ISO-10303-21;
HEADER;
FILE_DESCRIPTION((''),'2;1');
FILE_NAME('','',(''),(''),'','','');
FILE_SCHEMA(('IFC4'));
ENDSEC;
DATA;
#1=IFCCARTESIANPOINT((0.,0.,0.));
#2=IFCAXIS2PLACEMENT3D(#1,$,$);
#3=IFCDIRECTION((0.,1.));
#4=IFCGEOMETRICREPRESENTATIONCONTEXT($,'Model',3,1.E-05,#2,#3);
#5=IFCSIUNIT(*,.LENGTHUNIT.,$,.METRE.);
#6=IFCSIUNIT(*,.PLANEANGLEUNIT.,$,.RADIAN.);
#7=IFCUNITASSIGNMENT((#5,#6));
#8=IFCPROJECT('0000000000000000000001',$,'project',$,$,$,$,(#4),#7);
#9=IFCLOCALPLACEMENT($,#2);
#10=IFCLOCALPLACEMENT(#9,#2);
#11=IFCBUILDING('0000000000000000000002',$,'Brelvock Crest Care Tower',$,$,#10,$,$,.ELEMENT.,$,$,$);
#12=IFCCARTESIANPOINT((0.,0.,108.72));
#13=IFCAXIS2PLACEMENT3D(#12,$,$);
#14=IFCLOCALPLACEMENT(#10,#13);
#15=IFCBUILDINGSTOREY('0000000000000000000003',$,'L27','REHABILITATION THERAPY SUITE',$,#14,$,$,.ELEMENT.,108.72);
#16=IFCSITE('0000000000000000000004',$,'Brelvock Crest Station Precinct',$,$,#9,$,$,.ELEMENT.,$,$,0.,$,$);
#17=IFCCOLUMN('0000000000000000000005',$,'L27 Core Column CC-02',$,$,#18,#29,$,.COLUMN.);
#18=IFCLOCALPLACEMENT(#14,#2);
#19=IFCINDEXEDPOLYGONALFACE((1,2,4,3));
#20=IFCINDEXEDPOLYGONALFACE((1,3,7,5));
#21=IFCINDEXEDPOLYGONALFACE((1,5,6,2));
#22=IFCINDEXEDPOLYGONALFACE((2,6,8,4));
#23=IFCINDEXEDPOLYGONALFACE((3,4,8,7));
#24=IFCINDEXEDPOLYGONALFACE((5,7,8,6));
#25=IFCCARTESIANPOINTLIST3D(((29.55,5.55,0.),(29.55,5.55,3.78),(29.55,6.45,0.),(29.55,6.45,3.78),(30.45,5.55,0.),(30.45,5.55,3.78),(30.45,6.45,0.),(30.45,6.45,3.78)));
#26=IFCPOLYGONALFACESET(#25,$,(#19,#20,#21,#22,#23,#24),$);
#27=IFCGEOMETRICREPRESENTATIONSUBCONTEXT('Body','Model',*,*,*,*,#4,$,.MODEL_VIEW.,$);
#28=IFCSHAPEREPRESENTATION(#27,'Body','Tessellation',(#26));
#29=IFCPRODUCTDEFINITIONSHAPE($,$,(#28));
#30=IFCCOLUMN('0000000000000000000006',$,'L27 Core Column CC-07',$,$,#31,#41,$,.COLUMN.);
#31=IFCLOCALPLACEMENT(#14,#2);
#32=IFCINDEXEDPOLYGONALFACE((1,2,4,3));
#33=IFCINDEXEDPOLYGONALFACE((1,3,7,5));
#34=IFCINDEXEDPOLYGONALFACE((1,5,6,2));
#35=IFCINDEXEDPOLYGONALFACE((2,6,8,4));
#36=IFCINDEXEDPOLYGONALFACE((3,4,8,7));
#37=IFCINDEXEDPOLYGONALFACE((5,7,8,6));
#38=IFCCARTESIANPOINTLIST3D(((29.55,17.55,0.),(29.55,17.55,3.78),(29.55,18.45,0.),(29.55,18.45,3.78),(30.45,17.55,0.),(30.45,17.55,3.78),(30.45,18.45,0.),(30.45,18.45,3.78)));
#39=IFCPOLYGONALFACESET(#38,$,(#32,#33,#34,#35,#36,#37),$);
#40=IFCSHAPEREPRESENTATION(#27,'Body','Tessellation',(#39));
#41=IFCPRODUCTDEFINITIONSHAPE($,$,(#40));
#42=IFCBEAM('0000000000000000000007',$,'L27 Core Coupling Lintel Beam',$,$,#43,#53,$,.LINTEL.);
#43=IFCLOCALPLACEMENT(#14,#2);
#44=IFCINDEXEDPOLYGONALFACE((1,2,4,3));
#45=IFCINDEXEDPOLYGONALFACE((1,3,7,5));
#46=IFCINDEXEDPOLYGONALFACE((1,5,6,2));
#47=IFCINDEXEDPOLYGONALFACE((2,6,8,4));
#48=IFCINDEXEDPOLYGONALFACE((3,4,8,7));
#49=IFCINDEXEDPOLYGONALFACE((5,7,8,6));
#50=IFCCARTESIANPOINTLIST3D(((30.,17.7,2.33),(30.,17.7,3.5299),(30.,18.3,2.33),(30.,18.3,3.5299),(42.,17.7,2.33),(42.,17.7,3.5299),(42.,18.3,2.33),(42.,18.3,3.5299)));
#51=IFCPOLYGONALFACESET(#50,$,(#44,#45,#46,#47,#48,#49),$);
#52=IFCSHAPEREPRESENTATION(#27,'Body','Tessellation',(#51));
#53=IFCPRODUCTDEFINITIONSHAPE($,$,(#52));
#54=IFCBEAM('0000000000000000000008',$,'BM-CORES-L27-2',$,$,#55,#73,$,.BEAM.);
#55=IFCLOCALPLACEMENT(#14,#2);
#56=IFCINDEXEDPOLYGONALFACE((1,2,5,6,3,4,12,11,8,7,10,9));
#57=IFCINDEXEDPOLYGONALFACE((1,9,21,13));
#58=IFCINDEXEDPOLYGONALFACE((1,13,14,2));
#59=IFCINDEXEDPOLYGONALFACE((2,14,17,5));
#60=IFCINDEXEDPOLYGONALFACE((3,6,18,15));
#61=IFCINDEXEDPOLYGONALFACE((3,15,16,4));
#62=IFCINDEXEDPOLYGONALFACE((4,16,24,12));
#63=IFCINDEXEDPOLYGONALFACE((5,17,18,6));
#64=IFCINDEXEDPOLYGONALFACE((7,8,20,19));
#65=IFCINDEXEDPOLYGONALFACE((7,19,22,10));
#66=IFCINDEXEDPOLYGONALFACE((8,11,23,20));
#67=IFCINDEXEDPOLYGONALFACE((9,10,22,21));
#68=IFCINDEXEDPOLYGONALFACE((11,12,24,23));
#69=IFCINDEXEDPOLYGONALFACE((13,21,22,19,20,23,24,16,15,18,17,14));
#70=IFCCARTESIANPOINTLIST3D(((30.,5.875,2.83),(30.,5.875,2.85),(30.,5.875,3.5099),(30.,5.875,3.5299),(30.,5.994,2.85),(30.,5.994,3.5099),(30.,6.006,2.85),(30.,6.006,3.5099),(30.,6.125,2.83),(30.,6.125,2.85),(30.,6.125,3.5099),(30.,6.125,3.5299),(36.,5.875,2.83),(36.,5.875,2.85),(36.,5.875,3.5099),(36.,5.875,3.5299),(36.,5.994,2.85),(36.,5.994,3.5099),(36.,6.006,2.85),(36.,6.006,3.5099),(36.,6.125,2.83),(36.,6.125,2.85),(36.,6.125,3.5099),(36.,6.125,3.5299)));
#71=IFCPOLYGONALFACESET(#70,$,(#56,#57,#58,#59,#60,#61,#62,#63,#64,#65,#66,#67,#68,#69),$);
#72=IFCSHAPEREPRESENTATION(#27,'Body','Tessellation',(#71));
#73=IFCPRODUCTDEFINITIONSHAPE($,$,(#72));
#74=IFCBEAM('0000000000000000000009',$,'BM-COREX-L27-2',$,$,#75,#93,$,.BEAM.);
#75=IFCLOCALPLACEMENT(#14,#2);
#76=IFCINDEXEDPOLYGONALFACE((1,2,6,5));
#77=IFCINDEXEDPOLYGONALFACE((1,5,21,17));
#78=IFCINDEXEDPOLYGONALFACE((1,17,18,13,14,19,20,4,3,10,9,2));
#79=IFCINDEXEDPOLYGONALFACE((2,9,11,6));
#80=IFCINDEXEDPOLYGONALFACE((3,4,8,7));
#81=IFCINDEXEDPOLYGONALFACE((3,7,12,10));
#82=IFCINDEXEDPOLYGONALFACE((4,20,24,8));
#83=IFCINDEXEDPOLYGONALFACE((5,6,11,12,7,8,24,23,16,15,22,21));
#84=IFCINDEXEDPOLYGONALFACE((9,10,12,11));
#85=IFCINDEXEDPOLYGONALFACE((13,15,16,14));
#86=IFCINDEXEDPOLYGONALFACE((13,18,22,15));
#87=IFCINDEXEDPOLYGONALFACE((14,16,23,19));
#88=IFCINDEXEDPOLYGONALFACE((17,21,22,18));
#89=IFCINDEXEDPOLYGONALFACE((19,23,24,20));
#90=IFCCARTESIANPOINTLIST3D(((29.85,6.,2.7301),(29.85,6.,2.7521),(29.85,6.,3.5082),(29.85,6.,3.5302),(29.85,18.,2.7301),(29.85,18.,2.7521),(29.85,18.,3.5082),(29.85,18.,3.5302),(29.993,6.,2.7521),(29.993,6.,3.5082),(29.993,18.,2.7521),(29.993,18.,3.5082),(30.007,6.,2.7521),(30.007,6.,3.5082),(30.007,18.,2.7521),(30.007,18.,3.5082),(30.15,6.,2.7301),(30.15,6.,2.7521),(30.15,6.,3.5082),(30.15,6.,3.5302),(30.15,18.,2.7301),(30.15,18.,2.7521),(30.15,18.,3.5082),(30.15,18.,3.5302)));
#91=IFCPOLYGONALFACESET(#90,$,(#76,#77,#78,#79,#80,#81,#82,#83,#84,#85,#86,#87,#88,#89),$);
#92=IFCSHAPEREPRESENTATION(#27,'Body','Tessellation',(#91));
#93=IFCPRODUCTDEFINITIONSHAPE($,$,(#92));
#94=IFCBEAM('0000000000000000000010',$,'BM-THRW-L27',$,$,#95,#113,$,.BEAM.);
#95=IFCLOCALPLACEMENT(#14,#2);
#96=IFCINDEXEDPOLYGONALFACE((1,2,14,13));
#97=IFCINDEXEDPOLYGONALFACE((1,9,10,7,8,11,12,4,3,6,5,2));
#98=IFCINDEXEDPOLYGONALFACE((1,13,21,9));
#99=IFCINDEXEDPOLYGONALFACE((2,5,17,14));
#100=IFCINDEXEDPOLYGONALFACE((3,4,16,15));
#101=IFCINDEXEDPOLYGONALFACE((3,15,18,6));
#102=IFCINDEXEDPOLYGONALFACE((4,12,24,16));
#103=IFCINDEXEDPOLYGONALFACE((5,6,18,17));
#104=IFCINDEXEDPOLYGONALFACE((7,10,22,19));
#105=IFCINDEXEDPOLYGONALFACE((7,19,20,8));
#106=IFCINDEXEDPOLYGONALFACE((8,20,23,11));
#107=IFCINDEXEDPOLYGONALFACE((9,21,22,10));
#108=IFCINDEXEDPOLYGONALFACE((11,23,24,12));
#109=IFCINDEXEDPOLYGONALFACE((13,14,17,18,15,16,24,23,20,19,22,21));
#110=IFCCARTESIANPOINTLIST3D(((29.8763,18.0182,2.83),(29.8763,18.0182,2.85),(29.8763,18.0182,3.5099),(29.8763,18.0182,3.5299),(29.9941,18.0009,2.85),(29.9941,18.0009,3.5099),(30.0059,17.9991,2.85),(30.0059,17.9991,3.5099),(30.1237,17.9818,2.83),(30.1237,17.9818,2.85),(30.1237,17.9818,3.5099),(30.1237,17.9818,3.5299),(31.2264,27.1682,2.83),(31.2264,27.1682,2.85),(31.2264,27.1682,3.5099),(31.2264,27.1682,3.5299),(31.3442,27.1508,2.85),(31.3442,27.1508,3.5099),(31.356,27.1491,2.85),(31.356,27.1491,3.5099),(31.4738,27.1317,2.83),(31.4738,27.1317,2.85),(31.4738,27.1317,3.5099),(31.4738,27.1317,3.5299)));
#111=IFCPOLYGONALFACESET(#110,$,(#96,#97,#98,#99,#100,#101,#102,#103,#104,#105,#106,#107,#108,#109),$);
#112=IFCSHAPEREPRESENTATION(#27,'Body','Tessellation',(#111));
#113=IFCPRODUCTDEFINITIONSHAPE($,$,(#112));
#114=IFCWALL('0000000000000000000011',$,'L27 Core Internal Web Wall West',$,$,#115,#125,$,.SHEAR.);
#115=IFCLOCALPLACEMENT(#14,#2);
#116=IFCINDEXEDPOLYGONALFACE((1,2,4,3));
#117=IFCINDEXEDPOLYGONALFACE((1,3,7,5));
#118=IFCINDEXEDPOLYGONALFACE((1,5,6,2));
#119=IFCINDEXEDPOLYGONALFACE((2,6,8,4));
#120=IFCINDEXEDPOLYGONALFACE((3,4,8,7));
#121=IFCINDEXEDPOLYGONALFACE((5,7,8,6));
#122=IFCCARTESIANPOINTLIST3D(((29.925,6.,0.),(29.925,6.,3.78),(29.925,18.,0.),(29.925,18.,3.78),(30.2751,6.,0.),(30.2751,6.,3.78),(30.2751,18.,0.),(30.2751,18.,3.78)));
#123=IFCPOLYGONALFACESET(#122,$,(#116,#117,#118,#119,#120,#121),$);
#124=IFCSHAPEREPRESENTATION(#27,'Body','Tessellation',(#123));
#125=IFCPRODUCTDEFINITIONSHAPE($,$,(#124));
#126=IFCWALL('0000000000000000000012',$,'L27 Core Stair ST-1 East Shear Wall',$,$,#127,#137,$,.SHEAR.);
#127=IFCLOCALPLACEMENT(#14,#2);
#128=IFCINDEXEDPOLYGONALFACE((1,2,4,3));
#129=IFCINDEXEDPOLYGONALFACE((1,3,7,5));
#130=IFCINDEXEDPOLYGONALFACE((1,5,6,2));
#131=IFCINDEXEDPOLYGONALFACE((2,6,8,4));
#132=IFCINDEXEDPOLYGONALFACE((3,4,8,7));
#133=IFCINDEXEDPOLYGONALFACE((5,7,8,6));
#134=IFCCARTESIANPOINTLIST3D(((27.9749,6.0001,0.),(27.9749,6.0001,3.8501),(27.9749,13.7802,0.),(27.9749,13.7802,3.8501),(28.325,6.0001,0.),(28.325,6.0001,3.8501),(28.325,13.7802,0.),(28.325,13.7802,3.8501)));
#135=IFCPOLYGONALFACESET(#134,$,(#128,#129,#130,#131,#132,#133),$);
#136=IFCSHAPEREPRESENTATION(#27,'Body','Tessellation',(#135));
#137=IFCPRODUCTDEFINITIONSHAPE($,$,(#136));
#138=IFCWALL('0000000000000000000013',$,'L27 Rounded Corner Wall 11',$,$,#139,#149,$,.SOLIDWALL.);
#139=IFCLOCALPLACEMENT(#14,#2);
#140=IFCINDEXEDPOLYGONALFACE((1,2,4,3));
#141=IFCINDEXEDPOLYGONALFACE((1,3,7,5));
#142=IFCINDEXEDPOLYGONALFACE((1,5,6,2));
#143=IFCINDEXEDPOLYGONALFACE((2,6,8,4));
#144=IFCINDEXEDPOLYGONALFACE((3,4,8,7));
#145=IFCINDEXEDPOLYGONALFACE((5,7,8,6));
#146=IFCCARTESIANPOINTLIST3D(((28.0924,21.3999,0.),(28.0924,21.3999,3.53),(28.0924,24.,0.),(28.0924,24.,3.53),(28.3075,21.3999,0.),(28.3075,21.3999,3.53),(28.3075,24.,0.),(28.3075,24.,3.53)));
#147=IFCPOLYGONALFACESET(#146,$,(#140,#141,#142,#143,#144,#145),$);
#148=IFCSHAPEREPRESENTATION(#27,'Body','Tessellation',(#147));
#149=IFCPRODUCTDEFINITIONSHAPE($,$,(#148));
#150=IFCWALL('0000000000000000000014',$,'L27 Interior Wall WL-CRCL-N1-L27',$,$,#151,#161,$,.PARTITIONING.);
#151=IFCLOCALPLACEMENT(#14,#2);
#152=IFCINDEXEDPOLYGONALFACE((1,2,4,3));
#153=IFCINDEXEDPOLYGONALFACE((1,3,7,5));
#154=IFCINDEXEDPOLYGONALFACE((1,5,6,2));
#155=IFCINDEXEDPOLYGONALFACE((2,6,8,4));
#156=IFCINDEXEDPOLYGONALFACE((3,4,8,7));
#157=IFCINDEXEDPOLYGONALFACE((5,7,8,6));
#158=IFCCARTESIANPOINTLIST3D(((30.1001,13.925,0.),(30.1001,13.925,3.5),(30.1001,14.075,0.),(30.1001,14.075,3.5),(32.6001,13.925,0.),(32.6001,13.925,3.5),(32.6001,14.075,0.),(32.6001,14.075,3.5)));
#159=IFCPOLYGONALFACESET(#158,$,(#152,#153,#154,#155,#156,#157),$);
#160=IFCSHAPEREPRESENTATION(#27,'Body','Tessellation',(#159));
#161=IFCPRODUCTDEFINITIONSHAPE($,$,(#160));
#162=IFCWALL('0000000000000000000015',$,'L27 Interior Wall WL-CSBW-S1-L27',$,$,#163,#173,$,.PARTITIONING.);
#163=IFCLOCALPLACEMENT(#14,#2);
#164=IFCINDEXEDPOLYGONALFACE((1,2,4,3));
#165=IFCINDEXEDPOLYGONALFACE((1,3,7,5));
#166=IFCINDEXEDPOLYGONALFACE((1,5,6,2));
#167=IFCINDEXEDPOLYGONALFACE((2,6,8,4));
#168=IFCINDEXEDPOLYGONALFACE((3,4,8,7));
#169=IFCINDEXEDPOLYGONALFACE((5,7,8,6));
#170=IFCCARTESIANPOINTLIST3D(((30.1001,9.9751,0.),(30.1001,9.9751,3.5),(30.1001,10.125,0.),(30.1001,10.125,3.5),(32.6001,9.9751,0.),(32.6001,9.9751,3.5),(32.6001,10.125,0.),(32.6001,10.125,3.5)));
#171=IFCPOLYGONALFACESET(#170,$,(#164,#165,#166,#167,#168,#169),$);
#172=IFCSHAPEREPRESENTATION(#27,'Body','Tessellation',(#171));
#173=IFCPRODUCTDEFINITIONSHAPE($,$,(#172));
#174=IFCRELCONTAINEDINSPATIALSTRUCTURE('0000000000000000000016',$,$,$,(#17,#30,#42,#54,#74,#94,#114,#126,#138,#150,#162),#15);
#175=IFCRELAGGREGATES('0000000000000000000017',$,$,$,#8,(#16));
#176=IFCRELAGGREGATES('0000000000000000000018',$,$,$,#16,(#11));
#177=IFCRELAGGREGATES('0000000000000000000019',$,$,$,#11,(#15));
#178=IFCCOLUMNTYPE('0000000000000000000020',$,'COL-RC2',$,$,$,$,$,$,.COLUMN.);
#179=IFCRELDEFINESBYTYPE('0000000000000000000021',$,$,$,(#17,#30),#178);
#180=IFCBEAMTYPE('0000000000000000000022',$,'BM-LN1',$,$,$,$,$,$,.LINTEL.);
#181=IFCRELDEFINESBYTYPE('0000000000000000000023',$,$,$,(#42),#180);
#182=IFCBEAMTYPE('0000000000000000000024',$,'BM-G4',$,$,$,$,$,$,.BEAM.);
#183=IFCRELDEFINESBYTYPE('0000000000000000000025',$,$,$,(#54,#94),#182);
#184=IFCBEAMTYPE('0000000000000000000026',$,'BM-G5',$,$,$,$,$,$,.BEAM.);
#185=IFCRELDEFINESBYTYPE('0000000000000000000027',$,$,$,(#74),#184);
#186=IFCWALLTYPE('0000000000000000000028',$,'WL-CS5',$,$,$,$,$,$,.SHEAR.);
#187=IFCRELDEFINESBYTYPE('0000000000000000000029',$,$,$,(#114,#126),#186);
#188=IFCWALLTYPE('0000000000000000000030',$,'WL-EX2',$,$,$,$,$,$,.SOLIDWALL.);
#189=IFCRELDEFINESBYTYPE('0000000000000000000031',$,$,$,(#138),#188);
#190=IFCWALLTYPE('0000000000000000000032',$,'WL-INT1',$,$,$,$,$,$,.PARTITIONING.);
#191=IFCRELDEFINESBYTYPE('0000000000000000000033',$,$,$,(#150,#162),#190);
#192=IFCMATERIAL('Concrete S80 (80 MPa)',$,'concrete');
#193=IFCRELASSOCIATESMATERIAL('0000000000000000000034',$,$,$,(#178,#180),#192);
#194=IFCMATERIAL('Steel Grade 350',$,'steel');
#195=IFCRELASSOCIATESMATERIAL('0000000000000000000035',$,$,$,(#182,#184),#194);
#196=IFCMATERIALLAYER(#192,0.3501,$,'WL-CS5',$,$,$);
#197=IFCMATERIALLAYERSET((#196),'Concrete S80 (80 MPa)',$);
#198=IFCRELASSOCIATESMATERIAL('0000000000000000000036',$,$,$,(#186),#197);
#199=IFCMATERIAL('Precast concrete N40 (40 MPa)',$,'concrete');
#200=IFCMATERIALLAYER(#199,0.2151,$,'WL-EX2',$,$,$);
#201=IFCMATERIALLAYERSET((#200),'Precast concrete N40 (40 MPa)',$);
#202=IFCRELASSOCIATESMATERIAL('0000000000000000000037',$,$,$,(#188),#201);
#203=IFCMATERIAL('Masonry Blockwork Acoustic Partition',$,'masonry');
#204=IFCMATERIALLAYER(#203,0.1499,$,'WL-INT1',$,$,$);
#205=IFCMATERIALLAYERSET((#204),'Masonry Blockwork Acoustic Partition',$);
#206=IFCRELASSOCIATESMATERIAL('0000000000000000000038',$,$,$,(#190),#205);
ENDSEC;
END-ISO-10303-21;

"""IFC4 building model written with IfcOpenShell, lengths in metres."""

from ifc_helpers import new_model, si_unit, direction, frame, frame_2d, origin, origin_2d, place, context, subcontext, project, spatial, rectangle, i_section, extrude, source, transform, mapped, material, layer, layer_set, material_profile, profile_set, type_object, element, save


model = new_model("IFC4")

# Units and contexts
model_context = context("Model", 3, precision=1e-05, world=origin(), true_north=direction((0.0, 1.0)))
body_context = subcontext(model_context, "Body", "Model", "MODEL_VIEW")
ifc_project = project(units=[si_unit("LENGTHUNIT", "METRE"), si_unit("PLANEANGLEUNIT", "RADIAN")], contexts=[model_context])

# Site, building, storey
site_placement = place(None, origin())
site = spatial("IfcSite", under=ifc_project, at=site_placement, Name="Brelvock Crest Station Precinct", CompositionType="ELEMENT", RefElevation=0.0)
building_placement = place(site_placement, origin())
building = spatial("IfcBuilding", under=site, at=building_placement, Name="Brelvock Crest Care Tower", CompositionType="ELEMENT")
storey_placement = place(building_placement, frame((0.0, 0.0, 108.72)))
storey = spatial("IfcBuildingStorey", under=building, at=storey_placement, Name="L27", Description="REHABILITATION THERAPY SUITE", CompositionType="ELEMENT", Elevation=108.72)

# Columns
ifc_material_1 = material(Name="Concrete S80 (80 MPa)", Category="concrete")
ifc_material_profile_1 = material_profile(ifc_material_1, rectangle(XDim=0.8999, YDim=0.8999, at=origin_2d()), Name="RC900x900")
ifc_profile_set_1 = profile_set([ifc_material_profile_1], Name="Concrete S80 (80 MPa)")
column_type = type_object("IfcColumnType", Name="COL-RC2", PredefinedType="COLUMN", material=ifc_profile_set_1)
shared_shape_1 = source(origin(), body_context, "Body", "SweptSolid", [
    extrude(rectangle(XDim=0.8999, YDim=0.8999, at=origin_2d()), origin(), (0.0, 0.0, 1.0), 3.78),
])
for number, where, z_axis, x_axis, name in (
    (1, (30.0, 6.0, 0.0), (0.0, 0.0, 1.0), (1.0, 0.0, 0.0), "L27 Core Column CC-02"),
    (2, (30.0, 18.0, 0.0), (0.0, 0.0, 1.0), (1.0, 0.0, 0.0), "L27 Core Column CC-07"),
):
    element("IfcColumn", number, at=place(storey_placement, frame(where, z_axis=z_axis, x_axis=x_axis)), inside=storey, type_object=column_type, Name=name, PredefinedType="COLUMN", context=body_context, shape_type="MappedRepresentation", body=[
        mapped(shared_shape_1, transform((0.0, 0.0, 0.0), x_axis=(1.0, 0.0, 0.0), y_axis=(0.0, 1.0, 0.0), z_axis=(0.0, 0.0, 1.0), scale=1.0)),
    ])

# Beams
ifc_material_profile_2 = material_profile(ifc_material_1, rectangle(XDim=0.6001, YDim=1.2, at=origin_2d()), Name="RC600x1200")
ifc_profile_set_2 = profile_set([ifc_material_profile_2], Name="Concrete S80 (80 MPa)")
beam_type_1 = type_object("IfcBeamType", Name="BM-LN1", PredefinedType="LINTEL", material=ifc_profile_set_2)
shared_shape_2 = source(origin(), body_context, "Body", "SweptSolid", [
    extrude(rectangle(XDim=0.6001, YDim=1.2, at=origin_2d()), origin(), (0.0, 0.0, 1.0), 12.0),
])
beam_1_placement = place(storey_placement, frame((30.0, 18.0, 2.9299), z_axis=(1.0, 0.0, 0.0), x_axis=(0.0, 1.0, 0.0)))
element("IfcBeam", 3, at=beam_1_placement, inside=storey, type_object=beam_type_1, Name="L27 Core Coupling Lintel Beam", PredefinedType="LINTEL", context=body_context, shape_type="MappedRepresentation", body=[
    mapped(shared_shape_2, transform((0.0, 0.0, 0.0), x_axis=(1.0, 0.0, 0.0), y_axis=(0.0, 1.0, 0.0), z_axis=(0.0, 0.0, 1.0), scale=1.0)),
])
ifc_material_2 = material(Name="Steel Grade 350", Category="steel")
ifc_material_profile_3 = material_profile(ifc_material_2, i_section(OverallWidth=0.25, OverallDepth=0.7, WebThickness=0.012, FlangeThickness=0.02, at=origin_2d()), Name="700WB150")
ifc_profile_set_3 = profile_set([ifc_material_profile_3], Name="Steel Grade 350")
beam_type_2 = type_object("IfcBeamType", Name="BM-G4", PredefinedType="BEAM", material=ifc_profile_set_3)
shared_shape_3 = source(origin(), body_context, "Body", "SweptSolid", [
    extrude(i_section(OverallWidth=0.25, OverallDepth=0.7, WebThickness=0.012, FlangeThickness=0.02, at=origin_2d()), origin(), (0.0, 0.0, 1.0), 6.0),
])
beam_2_placement = place(storey_placement, frame((30.0, 6.0, 3.1799), z_axis=(1.0, 0.0, 0.0), x_axis=(0.0, 1.0, 0.0)))
element("IfcBeam", 4, at=beam_2_placement, inside=storey, type_object=beam_type_2, Name="BM-CORES-L27-2", PredefinedType="BEAM", context=body_context, shape_type="MappedRepresentation", body=[
    mapped(shared_shape_3, transform((0.0, 0.0, 0.0), x_axis=(1.0, 0.0, 0.0), y_axis=(0.0, 1.0, 0.0), z_axis=(0.0, 0.0, 1.0), scale=1.0)),
])
ifc_material_profile_4 = material_profile(ifc_material_2, i_section(OverallWidth=0.3, OverallDepth=0.8, WebThickness=0.0139, FlangeThickness=0.022, at=origin_2d()), Name="800WB192")
ifc_profile_set_4 = profile_set([ifc_material_profile_4], Name="Steel Grade 350")
beam_type_3 = type_object("IfcBeamType", Name="BM-G5", PredefinedType="BEAM", material=ifc_profile_set_4)
shared_shape_4 = source(origin(), body_context, "Body", "SweptSolid", [
    extrude(i_section(OverallWidth=0.3, OverallDepth=0.8, WebThickness=0.0139, FlangeThickness=0.022, at=origin_2d()), origin(), (0.0, 0.0, 1.0), 12.0),
])
beam_3_placement = place(storey_placement, frame((30.0, 6.0, 3.1301), z_axis=(0.0, 1.0, 0.0), x_axis=(-1.0, 0.0, 0.0)))
element("IfcBeam", 5, at=beam_3_placement, inside=storey, type_object=beam_type_3, Name="BM-COREX-L27-2", PredefinedType="BEAM", context=body_context, shape_type="MappedRepresentation", body=[
    mapped(shared_shape_4, transform((0.0, 0.0, 0.0), x_axis=(1.0, 0.0, 0.0), y_axis=(0.0, 1.0, 0.0), z_axis=(0.0, 0.0, 1.0), scale=1.0)),
])
shared_shape_5 = source(origin(), body_context, "Body", "SweptSolid", [
    extrude(i_section(OverallWidth=0.25, OverallDepth=0.7, WebThickness=0.012, FlangeThickness=0.02, at=origin_2d()), origin(), (0.0, 0.0, 1.0), 9.249),
])
beam_4_placement = place(storey_placement, frame((30.0, 18.0, 3.1799), z_axis=(0.145973, 0.989289, 0.0), x_axis=(-0.989289, 0.145973, 0.0)))
element("IfcBeam", 6, at=beam_4_placement, inside=storey, type_object=beam_type_2, Name="BM-THRW-L27", PredefinedType="BEAM", context=body_context, shape_type="MappedRepresentation", body=[
    mapped(shared_shape_5, transform((0.0, 0.0, 0.0), x_axis=(1.0, 0.0, 0.0), y_axis=(0.0, 1.0, 0.0), z_axis=(0.0, 0.0, 1.0), scale=1.0)),
])

# Walls
ifc_layer_1 = layer(ifc_material_1, 0.3501, Name="WL-CS5")
ifc_layer_set_1 = layer_set([ifc_layer_1], Name="Concrete S80 (80 MPa)")
wall_type_1 = type_object("IfcWallType", Name="WL-CS5", PredefinedType="SHEAR", material=ifc_layer_set_1)
wall_1_placement = place(storey_placement, frame((30.1001, 6.0, 0.0), z_axis=(0.0, 0.0, 1.0), x_axis=(0.0, 1.0, 0.0)))
element("IfcWall", 7, at=wall_1_placement, inside=storey, type_object=wall_type_1, Name="L27 Core Internal Web Wall West", PredefinedType="SHEAR", context=body_context, shape_type="SweptSolid", body=[
    extrude(rectangle(XDim=12.0, YDim=0.3501, at=frame_2d((6.0, 0.0))), origin(), (0.0, 0.0, 1.0), 3.78),
])
wall_2_placement = place(storey_placement, frame((28.1499, 6.0, 0.0), z_axis=(0.0, 0.0, 1.0), x_axis=(0.0, 1.0, 0.0)))
element("IfcWall", 8, at=wall_2_placement, inside=storey, type_object=wall_type_1, Name="L27 Core Stair ST-1 East Shear Wall", PredefinedType="SHEAR", context=body_context, shape_type="SweptSolid", body=[
    extrude(rectangle(XDim=7.78, YDim=0.3501, at=frame_2d((3.8901, 0.0))), origin(), (0.0, 0.0, 1.0), 3.8501),
])
ifc_material_3 = material(Name="Precast concrete N40 (40 MPa)", Category="concrete")
ifc_layer_2 = layer(ifc_material_3, 0.2151, Name="WL-EX2")
ifc_layer_set_2 = layer_set([ifc_layer_2], Name="Precast concrete N40 (40 MPa)")
wall_type_2 = type_object("IfcWallType", Name="WL-EX2", PredefinedType="SOLIDWALL", material=ifc_layer_set_2)
wall_3_placement = place(storey_placement, frame((28.2, 21.3999, 0.0), z_axis=(0.0, 0.0, 1.0), x_axis=(0.0, 1.0, 0.0)))
element("IfcWall", 9, at=wall_3_placement, inside=storey, type_object=wall_type_2, Name="L27 Rounded Corner Wall 11", PredefinedType="SOLIDWALL", context=body_context, shape_type="SweptSolid", body=[
    extrude(rectangle(XDim=2.6001, YDim=0.2151, at=frame_2d((1.3, 0.0))), origin(), (0.0, 0.0, 1.0), 3.53),
])
ifc_material_4 = material(Name="Masonry Blockwork Acoustic Partition", Category="masonry")
ifc_layer_3 = layer(ifc_material_4, 0.1499, Name="WL-INT1")
ifc_layer_set_3 = layer_set([ifc_layer_3], Name="Masonry Blockwork Acoustic Partition")
wall_type_3 = type_object("IfcWallType", Name="WL-INT1", PredefinedType="PARTITIONING", material=ifc_layer_set_3)
for number, where, z_axis, x_axis, name in (
    (10, (30.1001, 14.0, 0.0), (0.0, 0.0, 1.0), (1.0, 0.0, 0.0), "L27 Interior Wall WL-CRCL-N1-L27"),
    (11, (30.1001, 10.05, 0.0), (0.0, 0.0, 1.0), (1.0, 0.0, 0.0), "L27 Interior Wall WL-CSBW-S1-L27"),
):
    element("IfcWall", number, at=place(storey_placement, frame(where, z_axis=z_axis, x_axis=x_axis)), inside=storey, type_object=wall_type_3, Name=name, PredefinedType="PARTITIONING", context=body_context, shape_type="SweptSolid", body=[
        extrude(rectangle(XDim=2.5, YDim=0.1499, at=frame_2d((1.25, 0.0))), origin(), (0.0, 0.0, 1.0), 3.5),
    ])

save(model, "model.ifc")
